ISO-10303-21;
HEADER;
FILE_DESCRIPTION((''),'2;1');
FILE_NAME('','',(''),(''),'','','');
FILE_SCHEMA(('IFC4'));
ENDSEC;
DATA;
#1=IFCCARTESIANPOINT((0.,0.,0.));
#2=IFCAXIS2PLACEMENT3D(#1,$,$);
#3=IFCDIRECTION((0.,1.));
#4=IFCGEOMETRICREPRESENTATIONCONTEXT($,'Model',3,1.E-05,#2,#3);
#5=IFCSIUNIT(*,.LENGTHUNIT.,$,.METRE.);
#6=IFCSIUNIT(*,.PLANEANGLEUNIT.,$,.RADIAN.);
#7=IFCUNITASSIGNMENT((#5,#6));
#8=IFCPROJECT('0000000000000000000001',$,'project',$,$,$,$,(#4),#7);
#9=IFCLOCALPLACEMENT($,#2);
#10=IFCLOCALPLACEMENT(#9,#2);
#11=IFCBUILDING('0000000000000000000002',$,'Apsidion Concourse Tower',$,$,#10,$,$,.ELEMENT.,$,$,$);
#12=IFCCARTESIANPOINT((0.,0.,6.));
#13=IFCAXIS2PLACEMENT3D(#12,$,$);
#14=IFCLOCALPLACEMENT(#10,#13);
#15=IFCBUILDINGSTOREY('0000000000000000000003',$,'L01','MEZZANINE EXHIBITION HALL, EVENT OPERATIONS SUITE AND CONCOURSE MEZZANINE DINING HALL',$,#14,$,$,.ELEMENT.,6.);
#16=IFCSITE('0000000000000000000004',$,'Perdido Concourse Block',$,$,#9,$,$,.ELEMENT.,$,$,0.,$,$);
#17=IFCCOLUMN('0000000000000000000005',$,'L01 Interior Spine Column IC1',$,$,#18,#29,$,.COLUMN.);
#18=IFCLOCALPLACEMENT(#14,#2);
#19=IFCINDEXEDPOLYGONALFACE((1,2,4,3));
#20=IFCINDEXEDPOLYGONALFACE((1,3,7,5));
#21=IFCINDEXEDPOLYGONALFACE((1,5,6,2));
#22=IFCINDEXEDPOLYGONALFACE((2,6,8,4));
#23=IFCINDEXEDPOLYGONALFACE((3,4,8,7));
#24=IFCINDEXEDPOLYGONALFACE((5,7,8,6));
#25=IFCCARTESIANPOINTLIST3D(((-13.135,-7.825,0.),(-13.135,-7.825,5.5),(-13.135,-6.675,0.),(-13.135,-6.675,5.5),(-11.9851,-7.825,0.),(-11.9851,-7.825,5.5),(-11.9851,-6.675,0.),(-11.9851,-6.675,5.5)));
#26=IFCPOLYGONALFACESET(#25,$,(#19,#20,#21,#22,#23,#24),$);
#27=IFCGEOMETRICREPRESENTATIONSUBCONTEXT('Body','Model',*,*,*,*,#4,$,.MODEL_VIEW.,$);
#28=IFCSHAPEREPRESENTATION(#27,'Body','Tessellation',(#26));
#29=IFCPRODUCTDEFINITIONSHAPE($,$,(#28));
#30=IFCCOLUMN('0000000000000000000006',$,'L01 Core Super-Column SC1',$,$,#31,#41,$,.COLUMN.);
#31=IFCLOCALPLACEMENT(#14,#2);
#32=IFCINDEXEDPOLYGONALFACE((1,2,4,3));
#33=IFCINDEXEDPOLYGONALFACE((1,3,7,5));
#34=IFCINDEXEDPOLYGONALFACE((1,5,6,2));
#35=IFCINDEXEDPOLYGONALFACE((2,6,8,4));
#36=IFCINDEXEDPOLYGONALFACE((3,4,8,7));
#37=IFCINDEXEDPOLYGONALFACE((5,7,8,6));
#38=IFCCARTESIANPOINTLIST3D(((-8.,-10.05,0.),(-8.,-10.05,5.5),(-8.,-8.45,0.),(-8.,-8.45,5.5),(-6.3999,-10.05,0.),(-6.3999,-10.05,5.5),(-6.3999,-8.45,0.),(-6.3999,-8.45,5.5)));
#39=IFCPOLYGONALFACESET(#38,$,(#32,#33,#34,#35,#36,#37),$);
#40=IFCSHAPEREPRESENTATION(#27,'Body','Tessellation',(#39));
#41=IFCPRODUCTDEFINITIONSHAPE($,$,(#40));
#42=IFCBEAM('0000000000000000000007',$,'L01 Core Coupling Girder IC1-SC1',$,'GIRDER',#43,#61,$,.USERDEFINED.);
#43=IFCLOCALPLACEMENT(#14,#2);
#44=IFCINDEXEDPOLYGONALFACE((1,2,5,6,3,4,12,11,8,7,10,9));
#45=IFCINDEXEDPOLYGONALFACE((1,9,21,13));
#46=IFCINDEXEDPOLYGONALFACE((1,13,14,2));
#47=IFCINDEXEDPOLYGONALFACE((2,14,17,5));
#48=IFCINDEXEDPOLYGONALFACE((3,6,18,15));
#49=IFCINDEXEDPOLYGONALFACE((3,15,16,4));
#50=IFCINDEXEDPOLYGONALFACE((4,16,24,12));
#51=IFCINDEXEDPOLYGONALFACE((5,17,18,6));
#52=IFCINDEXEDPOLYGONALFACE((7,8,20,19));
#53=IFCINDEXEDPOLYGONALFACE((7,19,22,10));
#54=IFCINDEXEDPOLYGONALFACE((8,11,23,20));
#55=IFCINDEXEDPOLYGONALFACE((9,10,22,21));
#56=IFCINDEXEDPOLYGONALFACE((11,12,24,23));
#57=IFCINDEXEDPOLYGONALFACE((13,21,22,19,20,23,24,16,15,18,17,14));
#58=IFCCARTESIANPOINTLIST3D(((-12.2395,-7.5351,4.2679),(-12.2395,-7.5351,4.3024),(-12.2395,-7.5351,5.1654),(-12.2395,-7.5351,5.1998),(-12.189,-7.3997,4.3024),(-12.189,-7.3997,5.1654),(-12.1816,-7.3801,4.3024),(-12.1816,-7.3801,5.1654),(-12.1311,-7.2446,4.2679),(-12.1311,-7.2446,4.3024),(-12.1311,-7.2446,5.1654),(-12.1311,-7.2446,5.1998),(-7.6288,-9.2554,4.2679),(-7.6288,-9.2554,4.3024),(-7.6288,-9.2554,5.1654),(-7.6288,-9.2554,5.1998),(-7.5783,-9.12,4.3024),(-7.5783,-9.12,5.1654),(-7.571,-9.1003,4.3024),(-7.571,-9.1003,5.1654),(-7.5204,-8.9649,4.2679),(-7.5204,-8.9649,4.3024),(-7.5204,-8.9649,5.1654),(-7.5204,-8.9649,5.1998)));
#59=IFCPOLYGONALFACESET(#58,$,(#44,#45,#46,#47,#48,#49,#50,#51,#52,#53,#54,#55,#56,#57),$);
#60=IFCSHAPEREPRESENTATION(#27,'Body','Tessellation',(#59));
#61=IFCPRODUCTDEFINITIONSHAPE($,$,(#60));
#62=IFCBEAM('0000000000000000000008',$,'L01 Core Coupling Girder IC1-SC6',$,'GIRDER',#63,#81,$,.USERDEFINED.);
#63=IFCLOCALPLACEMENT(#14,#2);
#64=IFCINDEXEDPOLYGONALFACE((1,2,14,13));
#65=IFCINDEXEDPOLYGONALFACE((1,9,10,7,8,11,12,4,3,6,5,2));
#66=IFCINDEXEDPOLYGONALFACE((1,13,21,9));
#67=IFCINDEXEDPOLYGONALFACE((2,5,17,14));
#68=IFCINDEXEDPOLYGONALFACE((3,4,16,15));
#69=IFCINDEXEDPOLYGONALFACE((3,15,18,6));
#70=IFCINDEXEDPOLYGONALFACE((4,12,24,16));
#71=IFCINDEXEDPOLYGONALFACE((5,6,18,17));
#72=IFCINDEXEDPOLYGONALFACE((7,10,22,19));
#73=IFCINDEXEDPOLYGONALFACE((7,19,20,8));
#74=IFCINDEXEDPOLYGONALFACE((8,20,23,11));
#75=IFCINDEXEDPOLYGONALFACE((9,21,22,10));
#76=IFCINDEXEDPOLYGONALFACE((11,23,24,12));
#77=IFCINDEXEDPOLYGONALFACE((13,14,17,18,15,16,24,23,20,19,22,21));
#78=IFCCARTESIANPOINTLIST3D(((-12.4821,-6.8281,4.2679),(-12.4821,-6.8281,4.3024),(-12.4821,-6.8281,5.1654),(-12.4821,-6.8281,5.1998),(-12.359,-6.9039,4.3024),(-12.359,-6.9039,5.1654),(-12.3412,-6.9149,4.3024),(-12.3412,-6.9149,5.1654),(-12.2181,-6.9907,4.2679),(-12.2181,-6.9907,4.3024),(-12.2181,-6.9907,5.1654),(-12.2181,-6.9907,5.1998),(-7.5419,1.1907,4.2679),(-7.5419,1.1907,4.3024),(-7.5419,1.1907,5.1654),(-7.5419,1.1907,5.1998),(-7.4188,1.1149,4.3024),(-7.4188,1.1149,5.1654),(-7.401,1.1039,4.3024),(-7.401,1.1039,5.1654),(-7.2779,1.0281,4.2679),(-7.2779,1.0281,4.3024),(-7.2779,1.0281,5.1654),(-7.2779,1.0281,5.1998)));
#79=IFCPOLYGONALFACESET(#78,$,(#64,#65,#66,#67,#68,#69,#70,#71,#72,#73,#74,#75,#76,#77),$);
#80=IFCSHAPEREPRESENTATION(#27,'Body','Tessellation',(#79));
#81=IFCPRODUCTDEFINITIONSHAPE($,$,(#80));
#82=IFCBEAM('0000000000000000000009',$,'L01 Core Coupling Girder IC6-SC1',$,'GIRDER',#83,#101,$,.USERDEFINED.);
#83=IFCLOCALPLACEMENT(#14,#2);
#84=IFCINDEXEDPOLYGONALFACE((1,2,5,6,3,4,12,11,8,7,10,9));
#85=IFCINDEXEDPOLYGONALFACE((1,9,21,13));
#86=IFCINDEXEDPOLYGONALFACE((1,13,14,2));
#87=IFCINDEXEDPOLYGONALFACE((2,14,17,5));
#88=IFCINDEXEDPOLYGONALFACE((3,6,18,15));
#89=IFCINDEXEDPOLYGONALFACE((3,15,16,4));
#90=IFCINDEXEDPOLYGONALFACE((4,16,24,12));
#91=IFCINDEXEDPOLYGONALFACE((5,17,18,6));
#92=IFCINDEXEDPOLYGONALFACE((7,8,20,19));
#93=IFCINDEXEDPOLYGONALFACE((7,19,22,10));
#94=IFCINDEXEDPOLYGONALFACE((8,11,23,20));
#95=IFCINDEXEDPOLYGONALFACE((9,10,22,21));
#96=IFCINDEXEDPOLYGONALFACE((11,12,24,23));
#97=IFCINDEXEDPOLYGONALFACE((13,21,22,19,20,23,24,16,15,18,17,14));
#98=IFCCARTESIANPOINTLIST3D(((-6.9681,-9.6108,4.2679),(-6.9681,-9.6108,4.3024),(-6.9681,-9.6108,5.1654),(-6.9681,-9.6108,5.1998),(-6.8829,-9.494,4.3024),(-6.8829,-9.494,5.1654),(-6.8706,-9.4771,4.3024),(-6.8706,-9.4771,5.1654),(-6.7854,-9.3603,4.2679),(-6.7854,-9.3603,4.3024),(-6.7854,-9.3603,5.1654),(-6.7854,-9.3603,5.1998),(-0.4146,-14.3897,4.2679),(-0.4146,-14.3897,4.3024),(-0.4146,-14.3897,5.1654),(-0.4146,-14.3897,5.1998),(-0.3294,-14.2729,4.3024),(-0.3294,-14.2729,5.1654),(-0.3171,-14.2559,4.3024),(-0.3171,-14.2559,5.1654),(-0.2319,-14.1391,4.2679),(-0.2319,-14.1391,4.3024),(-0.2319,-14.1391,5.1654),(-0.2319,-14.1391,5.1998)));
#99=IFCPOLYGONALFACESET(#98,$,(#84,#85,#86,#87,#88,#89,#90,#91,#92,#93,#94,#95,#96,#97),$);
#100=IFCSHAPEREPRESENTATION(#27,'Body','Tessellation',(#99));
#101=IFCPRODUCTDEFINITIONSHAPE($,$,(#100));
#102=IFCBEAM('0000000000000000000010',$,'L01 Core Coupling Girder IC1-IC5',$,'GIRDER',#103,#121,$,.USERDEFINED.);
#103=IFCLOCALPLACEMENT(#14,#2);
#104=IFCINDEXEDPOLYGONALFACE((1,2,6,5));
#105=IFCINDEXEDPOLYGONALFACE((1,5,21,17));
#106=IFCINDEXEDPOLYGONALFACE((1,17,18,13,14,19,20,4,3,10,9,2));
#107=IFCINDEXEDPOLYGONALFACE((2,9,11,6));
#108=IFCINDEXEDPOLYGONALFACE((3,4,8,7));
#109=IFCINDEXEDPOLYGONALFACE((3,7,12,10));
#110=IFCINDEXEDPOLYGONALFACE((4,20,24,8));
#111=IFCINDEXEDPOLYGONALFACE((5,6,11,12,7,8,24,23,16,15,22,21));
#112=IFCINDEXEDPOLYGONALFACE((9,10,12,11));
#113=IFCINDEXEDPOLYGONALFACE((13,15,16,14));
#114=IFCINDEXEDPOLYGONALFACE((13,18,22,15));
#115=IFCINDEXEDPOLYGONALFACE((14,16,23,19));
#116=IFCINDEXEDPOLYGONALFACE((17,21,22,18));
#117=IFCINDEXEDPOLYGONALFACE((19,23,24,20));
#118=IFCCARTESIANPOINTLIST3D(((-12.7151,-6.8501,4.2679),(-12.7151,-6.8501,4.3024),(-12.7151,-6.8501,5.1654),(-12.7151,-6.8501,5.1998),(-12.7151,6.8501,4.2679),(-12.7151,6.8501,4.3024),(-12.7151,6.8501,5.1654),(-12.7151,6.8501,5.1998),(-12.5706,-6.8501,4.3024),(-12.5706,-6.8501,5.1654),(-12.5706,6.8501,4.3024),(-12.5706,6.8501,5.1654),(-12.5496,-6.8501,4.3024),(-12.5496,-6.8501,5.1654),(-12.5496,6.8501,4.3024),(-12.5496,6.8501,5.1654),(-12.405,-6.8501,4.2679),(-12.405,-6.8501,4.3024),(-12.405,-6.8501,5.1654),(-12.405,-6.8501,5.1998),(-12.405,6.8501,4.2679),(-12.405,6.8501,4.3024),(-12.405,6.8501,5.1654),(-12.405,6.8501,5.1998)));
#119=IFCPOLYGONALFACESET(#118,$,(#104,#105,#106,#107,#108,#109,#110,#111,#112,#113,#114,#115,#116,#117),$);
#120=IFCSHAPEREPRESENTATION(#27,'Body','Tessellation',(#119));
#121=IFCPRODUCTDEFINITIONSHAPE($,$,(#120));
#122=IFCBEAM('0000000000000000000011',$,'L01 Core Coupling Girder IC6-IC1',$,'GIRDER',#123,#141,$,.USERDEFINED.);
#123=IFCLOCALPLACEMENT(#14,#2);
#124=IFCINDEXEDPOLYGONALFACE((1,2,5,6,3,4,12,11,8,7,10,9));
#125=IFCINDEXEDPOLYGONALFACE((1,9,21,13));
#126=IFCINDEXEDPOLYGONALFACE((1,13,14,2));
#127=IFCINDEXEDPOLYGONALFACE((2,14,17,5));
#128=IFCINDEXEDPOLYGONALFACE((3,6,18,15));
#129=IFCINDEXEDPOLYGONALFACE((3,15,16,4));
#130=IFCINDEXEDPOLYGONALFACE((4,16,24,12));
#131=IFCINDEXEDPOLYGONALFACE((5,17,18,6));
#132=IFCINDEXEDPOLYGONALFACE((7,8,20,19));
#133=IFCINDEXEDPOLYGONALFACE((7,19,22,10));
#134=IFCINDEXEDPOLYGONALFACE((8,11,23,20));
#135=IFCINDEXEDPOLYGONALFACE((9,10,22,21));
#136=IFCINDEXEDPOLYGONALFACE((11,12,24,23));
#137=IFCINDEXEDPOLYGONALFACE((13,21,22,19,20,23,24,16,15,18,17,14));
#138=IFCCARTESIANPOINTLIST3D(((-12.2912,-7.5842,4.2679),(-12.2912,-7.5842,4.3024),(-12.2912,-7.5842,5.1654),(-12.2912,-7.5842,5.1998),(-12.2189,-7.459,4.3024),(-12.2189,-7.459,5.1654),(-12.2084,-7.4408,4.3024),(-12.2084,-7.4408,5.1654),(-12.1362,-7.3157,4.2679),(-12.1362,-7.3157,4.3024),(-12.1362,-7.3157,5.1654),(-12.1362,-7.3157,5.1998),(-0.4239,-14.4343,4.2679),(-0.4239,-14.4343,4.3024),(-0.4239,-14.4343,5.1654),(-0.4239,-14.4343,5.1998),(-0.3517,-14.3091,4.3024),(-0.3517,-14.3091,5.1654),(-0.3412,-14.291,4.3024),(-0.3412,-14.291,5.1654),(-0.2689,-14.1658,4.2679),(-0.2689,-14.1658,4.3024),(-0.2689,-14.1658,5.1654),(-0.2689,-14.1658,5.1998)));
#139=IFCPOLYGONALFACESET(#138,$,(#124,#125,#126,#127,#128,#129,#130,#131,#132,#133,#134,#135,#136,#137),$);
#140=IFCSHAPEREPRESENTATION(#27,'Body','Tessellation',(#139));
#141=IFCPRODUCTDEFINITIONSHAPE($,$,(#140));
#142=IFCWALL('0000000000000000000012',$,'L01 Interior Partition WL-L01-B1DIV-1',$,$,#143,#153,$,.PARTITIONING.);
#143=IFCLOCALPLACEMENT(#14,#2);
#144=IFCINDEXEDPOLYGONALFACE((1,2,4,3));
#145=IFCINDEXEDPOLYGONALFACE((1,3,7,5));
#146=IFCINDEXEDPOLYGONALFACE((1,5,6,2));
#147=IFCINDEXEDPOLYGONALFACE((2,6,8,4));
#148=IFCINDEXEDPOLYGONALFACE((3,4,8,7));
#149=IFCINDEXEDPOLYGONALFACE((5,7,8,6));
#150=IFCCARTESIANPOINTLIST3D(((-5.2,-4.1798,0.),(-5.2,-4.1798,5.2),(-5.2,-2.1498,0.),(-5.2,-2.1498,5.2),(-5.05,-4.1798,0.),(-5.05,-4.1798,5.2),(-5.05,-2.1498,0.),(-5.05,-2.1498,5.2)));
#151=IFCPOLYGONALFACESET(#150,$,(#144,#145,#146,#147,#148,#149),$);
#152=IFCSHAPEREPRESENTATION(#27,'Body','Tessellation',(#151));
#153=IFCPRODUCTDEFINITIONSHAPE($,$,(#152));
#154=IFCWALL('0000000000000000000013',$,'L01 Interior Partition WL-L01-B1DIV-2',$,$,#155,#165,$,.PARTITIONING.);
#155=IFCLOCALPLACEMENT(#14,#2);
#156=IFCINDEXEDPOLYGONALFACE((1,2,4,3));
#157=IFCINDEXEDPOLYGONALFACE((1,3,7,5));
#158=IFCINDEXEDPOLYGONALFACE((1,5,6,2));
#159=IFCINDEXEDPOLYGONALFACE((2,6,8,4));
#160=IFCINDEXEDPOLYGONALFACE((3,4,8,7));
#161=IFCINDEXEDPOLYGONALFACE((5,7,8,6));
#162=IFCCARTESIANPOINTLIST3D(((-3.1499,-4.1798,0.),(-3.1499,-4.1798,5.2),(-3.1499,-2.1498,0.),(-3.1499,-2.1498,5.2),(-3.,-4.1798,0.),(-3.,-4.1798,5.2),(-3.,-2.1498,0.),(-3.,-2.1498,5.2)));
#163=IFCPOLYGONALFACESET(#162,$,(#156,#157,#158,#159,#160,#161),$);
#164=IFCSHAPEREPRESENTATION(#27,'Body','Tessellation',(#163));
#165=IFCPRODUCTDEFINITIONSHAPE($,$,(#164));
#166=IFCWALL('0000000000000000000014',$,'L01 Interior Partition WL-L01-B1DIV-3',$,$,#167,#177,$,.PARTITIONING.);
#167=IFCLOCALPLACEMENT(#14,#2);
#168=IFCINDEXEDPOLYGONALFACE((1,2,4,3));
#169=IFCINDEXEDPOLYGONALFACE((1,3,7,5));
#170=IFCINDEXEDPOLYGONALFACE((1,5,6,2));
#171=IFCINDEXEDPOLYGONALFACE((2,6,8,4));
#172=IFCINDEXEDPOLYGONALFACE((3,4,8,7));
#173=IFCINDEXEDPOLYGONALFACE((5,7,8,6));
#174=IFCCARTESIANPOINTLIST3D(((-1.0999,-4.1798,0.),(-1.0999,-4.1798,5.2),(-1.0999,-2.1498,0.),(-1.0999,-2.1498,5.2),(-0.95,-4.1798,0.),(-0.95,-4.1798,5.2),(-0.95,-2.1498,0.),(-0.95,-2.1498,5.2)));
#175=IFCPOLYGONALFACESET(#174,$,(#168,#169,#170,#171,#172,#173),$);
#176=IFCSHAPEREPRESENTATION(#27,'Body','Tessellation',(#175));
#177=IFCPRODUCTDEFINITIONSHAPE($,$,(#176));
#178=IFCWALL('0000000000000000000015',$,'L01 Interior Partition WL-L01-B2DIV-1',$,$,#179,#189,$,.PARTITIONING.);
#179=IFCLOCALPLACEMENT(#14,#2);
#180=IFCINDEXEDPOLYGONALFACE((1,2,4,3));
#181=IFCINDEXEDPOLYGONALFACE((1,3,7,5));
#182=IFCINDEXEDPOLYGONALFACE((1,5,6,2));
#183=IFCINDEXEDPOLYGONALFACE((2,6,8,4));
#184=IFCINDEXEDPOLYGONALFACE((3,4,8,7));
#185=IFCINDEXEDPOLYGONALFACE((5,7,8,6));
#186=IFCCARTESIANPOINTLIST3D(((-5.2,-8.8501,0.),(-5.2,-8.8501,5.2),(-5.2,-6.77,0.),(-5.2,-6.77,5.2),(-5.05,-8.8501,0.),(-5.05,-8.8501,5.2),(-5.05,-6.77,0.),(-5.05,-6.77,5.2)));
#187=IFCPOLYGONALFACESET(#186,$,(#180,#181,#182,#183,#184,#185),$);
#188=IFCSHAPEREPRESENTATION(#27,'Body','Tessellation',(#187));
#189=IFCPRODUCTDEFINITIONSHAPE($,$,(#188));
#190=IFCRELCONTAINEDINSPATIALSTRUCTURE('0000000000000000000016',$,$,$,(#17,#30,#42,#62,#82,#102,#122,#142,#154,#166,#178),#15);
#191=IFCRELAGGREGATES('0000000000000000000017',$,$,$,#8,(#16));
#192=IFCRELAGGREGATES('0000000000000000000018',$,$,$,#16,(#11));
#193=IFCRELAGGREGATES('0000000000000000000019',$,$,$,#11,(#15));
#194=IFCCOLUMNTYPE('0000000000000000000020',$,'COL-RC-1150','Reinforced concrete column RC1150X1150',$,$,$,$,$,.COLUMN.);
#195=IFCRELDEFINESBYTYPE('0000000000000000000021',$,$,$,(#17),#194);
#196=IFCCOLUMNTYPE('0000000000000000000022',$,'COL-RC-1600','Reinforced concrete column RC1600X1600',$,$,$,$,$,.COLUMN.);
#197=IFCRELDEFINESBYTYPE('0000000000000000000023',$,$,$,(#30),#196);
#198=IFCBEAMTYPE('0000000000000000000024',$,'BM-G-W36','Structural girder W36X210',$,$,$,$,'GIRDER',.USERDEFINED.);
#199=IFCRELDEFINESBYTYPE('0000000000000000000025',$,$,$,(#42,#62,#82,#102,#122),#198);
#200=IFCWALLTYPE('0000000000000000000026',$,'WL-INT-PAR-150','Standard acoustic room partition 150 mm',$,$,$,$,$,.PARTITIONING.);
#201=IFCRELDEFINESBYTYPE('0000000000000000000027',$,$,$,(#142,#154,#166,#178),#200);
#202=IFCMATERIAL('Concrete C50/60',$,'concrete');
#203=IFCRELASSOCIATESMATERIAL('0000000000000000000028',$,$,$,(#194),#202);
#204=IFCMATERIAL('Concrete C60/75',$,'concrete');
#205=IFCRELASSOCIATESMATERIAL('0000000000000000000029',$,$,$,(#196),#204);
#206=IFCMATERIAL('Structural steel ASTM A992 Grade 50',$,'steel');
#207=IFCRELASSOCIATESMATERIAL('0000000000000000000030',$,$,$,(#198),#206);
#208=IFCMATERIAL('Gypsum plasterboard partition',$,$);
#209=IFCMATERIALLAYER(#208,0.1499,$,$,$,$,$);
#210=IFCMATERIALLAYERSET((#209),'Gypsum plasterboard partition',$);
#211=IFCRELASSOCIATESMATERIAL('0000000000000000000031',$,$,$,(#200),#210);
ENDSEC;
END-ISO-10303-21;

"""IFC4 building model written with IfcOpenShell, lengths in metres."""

from ifc_helpers import new_model, si_unit, direction, frame, frame_2d, origin, origin_2d, place, context, subcontext, project, spatial, rectangle, i_section, extrude, material, layer, layer_set, material_profile, profile_set, type_object, element, save


model = new_model("IFC4")

# Units and contexts
model_context = context("Model", 3, precision=1e-05, world=origin(), true_north=direction((0.0, 1.0)))
body_context = subcontext(model_context, "Body", "Model", "MODEL_VIEW")
ifc_project = project(units=[si_unit("LENGTHUNIT", "METRE"), si_unit("PLANEANGLEUNIT", "RADIAN")], contexts=[model_context])

# Site, building, storey
site_placement = place(None, origin())
site = spatial("IfcSite", under=ifc_project, at=site_placement, Name="Perdido Concourse Block", CompositionType="ELEMENT", RefElevation=0.0)
building_placement = place(site_placement, origin())
building = spatial("IfcBuilding", under=site, at=building_placement, Name="Apsidion Concourse Tower", CompositionType="ELEMENT")
storey_placement = place(building_placement, frame((0.0, 0.0, 6.0)))
storey = spatial("IfcBuildingStorey", under=building, at=storey_placement, Name="L01", Description="MEZZANINE EXHIBITION HALL, EVENT OPERATIONS SUITE AND CONCOURSE MEZZANINE DINING HALL", CompositionType="ELEMENT", Elevation=6.0)

# Columns
ifc_material_1 = material(Name="Concrete C50/60", Category="concrete")
ifc_material_profile_1 = material_profile(ifc_material_1, rectangle(XDim=1.1499, YDim=1.1499, at=origin_2d()), Name="RC 1150x1150")
ifc_profile_set_1 = profile_set([ifc_material_profile_1], Name="Concrete C50/60")
column_type_1 = type_object("IfcColumnType", Name="COL-RC-1150", Description="Reinforced concrete column RC1150X1150", PredefinedType="COLUMN", material=ifc_profile_set_1)
column_1_placement = place(storey_placement, frame((-12.5601, -7.25, 0.0), z_axis=(0.0, 0.0, 1.0), x_axis=(1.0, 0.0, 0.0)))
element("IfcColumn", 1, at=column_1_placement, inside=storey, type_object=column_type_1, Name="L01 Interior Spine Column IC1", PredefinedType="COLUMN", context=body_context, shape_type="SweptSolid", body=[
    extrude(rectangle(XDim=1.1499, YDim=1.1499, at=origin_2d()), origin(), (0.0, 0.0, 1.0), 5.5),
])
ifc_material_2 = material(Name="Concrete C60/75", Category="concrete")
ifc_material_profile_2 = material_profile(ifc_material_2, rectangle(XDim=1.6001, YDim=1.6001, at=origin_2d()), Name="RC 1600x1600")
ifc_profile_set_2 = profile_set([ifc_material_profile_2], Name="Concrete C60/75")
column_type_2 = type_object("IfcColumnType", Name="COL-RC-1600", Description="Reinforced concrete column RC1600X1600", PredefinedType="COLUMN", material=ifc_profile_set_2)
column_2_placement = place(storey_placement, frame((-7.2, -9.25, 0.0), z_axis=(0.0, 0.0, 1.0), x_axis=(1.0, 0.0, 0.0)))
element("IfcColumn", 2, at=column_2_placement, inside=storey, type_object=column_type_2, Name="L01 Core Super-Column SC1", PredefinedType="COLUMN", context=body_context, shape_type="SweptSolid", body=[
    extrude(rectangle(XDim=1.6001, YDim=1.6001, at=origin_2d()), origin(), (0.0, 0.0, 1.0), 5.5),
])

# Beams
ifc_material_3 = material(Name="Structural steel ASTM A992 Grade 50", Category="steel")
ifc_material_profile_3 = material_profile(ifc_material_3, i_section(OverallWidth=0.3101, OverallDepth=0.9319, WebThickness=0.021, FlangeThickness=0.0344, at=origin_2d()), Name="W36X210")
ifc_profile_set_3 = profile_set([ifc_material_profile_3], Name="Structural steel ASTM A992 Grade 50")
beam_type = type_object("IfcBeamType", Name="BM-G-W36", Description="Structural girder W36X210", ElementType="GIRDER", PredefinedType="USERDEFINED", material=ifc_profile_set_3)
beam_1_placement = place(storey_placement, frame((-12.1853, -7.3899, 4.7339), z_axis=(0.936913, -0.349563, 0.0), x_axis=(0.349563, 0.936913, 0.0)))
element("IfcBeam", 3, at=beam_1_placement, inside=storey, type_object=beam_type, Name="L01 Core Coupling Girder IC1-SC1", ObjectType="GIRDER", PredefinedType="USERDEFINED", context=body_context, shape_type="SweptSolid", body=[
    extrude(i_section(OverallWidth=0.3101, OverallDepth=0.9319, WebThickness=0.021, FlangeThickness=0.0344, at=origin_2d()), origin(), (0.0, 0.0, 1.0), 4.9211),
])
beam_2_placement = place(storey_placement, frame((-12.3501, -6.9094, 4.7339), z_axis=(0.524524, 0.851396, 0.0), x_axis=(-0.851396, 0.524524, 0.0)))
element("IfcBeam", 4, at=beam_2_placement, inside=storey, type_object=beam_type, Name="L01 Core Coupling Girder IC1-SC6", ObjectType="GIRDER", PredefinedType="USERDEFINED", context=body_context, shape_type="SweptSolid", body=[
    extrude(i_section(OverallWidth=0.3101, OverallDepth=0.9319, WebThickness=0.021, FlangeThickness=0.0344, at=origin_2d()), origin(), (0.0, 0.0, 1.0), 9.4185),
])
beam_3_placement = place(storey_placement, frame((-0.3232, -14.2644, 4.7339), z_axis=(-0.807993, 0.589191, 0.0), x_axis=(-0.589191, -0.807993, 0.0)))
element("IfcBeam", 5, at=beam_3_placement, inside=storey, type_object=beam_type, Name="L01 Core Coupling Girder IC6-SC1", ObjectType="GIRDER", PredefinedType="USERDEFINED", context=body_context, shape_type="SweptSolid", body=[
    extrude(i_section(OverallWidth=0.3101, OverallDepth=0.9319, WebThickness=0.021, FlangeThickness=0.0344, at=origin_2d()), origin(), (0.0, 0.0, 1.0), 8.1108),
])
beam_4_placement = place(storey_placement, frame((-12.5601, -6.8501, 4.7339), z_axis=(0.0, 1.0, 0.0), x_axis=(-1.0, 0.0, 0.0)))
element("IfcBeam", 6, at=beam_4_placement, inside=storey, type_object=beam_type, Name="L01 Core Coupling Girder IC1-IC5", ObjectType="GIRDER", PredefinedType="USERDEFINED", context=body_context, shape_type="SweptSolid", body=[
    extrude(i_section(OverallWidth=0.3101, OverallDepth=0.9319, WebThickness=0.021, FlangeThickness=0.0344, at=origin_2d()), origin(), (0.0, 0.0, 1.0), 13.7002),
])
beam_5_placement = place(storey_placement, frame((-0.3464, -14.3, 4.7339), z_axis=(-0.86607, 0.499922, 0.0), x_axis=(-0.499922, -0.86607, 0.0)))
element("IfcBeam", 7, at=beam_5_placement, inside=storey, type_object=beam_type, Name="L01 Core Coupling Girder IC6-IC1", ObjectType="GIRDER", PredefinedType="USERDEFINED", context=body_context, shape_type="SweptSolid", body=[
    extrude(i_section(OverallWidth=0.3101, OverallDepth=0.9319, WebThickness=0.021, FlangeThickness=0.0344, at=origin_2d()), origin(), (0.0, 0.0, 1.0), 13.7024),
])

# Walls
ifc_material_4 = material(Name="Gypsum plasterboard partition")
ifc_layer_1 = layer(ifc_material_4, 0.1499)
ifc_layer_set_1 = layer_set([ifc_layer_1], Name="Gypsum plasterboard partition")
wall_type_1 = type_object("IfcWallType", Name="WL-INT-PAR-150", Description="Standard acoustic room partition 150 mm", PredefinedType="PARTITIONING", material=ifc_layer_set_1)
for number, where, z_axis, x_axis, name in (
    (8, (-5.125, -4.1799, 0.0), (0.0, 0.0, 1.0), (0.0, 1.0, 0.0), "L01 Interior Partition WL-L01-B1DIV-1"),
    (9, (-3.075, -4.1799, 0.0), (0.0, 0.0, 1.0), (0.0, 1.0, 0.0), "L01 Interior Partition WL-L01-B1DIV-2"),
    (10, (-1.0249, -4.1799, 0.0), (0.0, 0.0, 1.0), (0.0, 1.0, 0.0), "L01 Interior Partition WL-L01-B1DIV-3"),
):
    element("IfcWall", number, at=place(storey_placement, frame(where, z_axis=z_axis, x_axis=x_axis)), inside=storey, type_object=wall_type_1, Name=name, PredefinedType="PARTITIONING", context=body_context, shape_type="SweptSolid", body=[
        extrude(rectangle(XDim=2.03, YDim=0.1499, at=frame_2d((1.0151, 0.0))), origin(), (0.0, 0.0, 1.0), 5.2),
    ])
for number, where, z_axis, x_axis, name in (
    (11, (-5.125, -8.8501, 0.0), (0.0, 0.0, 1.0), (0.0, 1.0, 0.0), "L01 Interior Partition WL-L01-B2DIV-1"),
):
    element("IfcWall", number, at=place(storey_placement, frame(where, z_axis=z_axis, x_axis=x_axis)), inside=storey, type_object=wall_type_1, Name=name, PredefinedType="PARTITIONING", context=body_context, shape_type="SweptSolid", body=[
        extrude(rectangle(XDim=2.0801, YDim=0.1499, at=frame_2d((1.04, 0.0))), origin(), (0.0, 0.0, 1.0), 5.2),
    ])

save(model, "model.ifc")
